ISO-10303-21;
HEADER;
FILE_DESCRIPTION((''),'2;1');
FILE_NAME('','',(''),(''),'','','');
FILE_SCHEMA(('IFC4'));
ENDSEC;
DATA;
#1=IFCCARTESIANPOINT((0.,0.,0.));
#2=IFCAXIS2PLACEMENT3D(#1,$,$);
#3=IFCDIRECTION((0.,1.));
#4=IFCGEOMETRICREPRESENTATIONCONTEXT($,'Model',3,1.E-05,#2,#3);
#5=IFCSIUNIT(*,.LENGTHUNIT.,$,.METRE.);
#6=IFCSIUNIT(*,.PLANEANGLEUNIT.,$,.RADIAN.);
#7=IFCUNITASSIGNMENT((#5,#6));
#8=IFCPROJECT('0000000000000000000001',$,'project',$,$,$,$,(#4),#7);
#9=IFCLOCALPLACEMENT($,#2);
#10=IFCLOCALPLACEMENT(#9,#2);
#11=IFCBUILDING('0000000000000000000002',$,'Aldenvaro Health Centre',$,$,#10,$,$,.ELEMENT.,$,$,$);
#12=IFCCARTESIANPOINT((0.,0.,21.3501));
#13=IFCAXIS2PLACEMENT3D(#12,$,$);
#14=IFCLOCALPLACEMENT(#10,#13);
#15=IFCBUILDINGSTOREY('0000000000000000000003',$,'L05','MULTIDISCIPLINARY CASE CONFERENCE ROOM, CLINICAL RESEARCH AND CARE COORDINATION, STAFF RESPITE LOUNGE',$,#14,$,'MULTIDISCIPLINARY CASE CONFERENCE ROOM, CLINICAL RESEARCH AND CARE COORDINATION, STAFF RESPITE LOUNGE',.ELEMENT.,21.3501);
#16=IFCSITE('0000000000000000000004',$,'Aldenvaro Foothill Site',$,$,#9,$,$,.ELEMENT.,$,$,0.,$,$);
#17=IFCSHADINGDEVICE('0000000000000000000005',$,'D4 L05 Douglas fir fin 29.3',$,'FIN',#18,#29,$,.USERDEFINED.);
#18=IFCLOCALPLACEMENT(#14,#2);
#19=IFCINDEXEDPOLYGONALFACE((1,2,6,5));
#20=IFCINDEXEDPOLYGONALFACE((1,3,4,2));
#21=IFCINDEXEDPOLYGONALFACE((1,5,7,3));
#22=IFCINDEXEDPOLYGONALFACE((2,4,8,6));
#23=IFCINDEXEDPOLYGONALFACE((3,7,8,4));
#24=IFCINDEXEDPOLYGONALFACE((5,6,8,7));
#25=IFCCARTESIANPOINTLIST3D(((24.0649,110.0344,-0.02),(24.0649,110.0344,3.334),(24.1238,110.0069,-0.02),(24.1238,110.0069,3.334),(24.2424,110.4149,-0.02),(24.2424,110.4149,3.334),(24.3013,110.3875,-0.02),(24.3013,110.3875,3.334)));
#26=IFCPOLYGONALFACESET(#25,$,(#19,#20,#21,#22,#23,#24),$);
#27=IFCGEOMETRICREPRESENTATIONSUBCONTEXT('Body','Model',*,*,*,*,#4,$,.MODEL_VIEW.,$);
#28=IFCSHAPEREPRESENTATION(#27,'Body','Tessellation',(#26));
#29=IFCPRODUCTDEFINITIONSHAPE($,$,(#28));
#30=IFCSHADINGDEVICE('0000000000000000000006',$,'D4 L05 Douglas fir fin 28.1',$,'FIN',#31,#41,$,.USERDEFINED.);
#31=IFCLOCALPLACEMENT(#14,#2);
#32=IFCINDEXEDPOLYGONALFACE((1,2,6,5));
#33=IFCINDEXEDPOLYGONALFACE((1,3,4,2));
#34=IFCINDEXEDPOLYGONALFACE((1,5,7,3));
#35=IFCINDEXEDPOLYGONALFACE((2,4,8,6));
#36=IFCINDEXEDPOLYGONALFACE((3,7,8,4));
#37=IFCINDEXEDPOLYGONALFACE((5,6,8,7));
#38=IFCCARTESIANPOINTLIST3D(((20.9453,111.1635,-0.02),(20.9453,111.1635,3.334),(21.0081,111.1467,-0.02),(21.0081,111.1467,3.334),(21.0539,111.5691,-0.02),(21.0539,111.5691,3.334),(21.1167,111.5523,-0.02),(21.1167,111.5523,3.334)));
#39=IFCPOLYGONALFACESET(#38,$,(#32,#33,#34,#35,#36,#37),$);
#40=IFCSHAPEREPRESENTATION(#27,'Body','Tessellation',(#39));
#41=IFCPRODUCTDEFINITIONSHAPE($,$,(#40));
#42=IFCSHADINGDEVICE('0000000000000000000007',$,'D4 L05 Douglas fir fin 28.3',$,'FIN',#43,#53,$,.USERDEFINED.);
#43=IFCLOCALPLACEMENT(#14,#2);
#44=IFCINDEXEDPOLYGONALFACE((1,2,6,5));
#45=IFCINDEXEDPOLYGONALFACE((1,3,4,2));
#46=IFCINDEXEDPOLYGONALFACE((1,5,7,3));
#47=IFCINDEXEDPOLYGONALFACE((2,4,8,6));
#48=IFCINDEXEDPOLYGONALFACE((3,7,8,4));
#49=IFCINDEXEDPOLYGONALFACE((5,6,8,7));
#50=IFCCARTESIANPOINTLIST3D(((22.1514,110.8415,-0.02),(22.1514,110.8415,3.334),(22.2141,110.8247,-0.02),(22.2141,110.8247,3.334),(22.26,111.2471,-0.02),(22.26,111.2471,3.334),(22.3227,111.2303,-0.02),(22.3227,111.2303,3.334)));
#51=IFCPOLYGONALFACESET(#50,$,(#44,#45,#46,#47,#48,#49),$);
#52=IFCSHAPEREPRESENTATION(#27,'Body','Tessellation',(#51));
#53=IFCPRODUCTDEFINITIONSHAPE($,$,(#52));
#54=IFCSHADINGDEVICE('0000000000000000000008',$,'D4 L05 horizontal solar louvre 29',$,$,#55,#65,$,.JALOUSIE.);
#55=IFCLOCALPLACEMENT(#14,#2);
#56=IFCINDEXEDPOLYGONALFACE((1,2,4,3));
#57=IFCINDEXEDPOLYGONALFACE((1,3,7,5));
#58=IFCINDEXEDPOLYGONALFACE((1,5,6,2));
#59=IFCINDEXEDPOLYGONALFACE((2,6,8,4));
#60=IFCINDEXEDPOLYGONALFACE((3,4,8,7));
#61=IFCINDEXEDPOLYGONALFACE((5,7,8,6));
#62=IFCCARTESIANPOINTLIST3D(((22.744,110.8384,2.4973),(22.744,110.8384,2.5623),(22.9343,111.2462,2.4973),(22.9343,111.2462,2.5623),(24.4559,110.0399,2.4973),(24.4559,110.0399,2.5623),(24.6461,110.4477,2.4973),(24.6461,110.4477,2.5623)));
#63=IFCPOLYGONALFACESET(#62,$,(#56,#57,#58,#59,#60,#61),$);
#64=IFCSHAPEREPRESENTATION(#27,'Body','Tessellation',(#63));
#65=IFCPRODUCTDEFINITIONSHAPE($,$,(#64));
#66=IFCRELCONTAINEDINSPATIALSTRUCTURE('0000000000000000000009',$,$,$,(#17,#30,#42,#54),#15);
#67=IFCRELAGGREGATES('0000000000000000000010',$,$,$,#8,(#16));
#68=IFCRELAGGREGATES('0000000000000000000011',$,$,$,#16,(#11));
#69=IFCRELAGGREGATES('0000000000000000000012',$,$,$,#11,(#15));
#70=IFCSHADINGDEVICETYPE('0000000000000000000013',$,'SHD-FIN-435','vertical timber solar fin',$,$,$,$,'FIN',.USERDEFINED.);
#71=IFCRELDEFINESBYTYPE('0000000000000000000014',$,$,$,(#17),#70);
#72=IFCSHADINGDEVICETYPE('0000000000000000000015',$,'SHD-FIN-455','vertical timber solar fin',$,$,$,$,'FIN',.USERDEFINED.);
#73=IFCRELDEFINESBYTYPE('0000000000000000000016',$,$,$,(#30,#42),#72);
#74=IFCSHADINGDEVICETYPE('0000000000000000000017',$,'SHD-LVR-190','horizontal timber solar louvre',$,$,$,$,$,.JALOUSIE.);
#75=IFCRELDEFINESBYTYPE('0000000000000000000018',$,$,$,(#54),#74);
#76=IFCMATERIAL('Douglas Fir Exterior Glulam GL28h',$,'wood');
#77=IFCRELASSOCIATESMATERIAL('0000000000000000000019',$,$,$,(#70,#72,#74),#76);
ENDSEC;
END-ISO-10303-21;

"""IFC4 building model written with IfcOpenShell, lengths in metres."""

from ifc_helpers import new_model, si_unit, direction, frame, origin, origin_2d, place, context, subcontext, project, spatial, rectangle, extrude, material, type_object, element, save


model = new_model("IFC4")

# Units and contexts
model_context = context("Model", 3, precision=1e-05, world=origin(), true_north=direction((0.0, 1.0)))
body_context = subcontext(model_context, "Body", "Model", "MODEL_VIEW")
ifc_project = project(units=[si_unit("LENGTHUNIT", "METRE"), si_unit("PLANEANGLEUNIT", "RADIAN")], contexts=[model_context])

# Site, building, storey
site_placement = place(None, origin())
site = spatial("IfcSite", under=ifc_project, at=site_placement, Name="Aldenvaro Foothill Site", CompositionType="ELEMENT", RefElevation=0.0)
building_placement = place(site_placement, origin())
building = spatial("IfcBuilding", under=site, at=building_placement, Name="Aldenvaro Health Centre", CompositionType="ELEMENT")
storey_placement = place(building_placement, frame((0.0, 0.0, 21.3501)))
storey = spatial("IfcBuildingStorey", under=building, at=storey_placement, Name="L05", Description="MULTIDISCIPLINARY CASE CONFERENCE ROOM, CLINICAL RESEARCH AND CARE COORDINATION, STAFF RESPITE LOUNGE", LongName="MULTIDISCIPLINARY CASE CONFERENCE ROOM, CLINICAL RESEARCH AND CARE COORDINATION, STAFF RESPITE LOUNGE", CompositionType="ELEMENT", Elevation=21.3501)

# Shading devices
ifc_material_1 = material(Name="Douglas Fir Exterior Glulam GL28h", Category="wood")
shading_device_type_1 = type_object("IfcShadingDeviceType", Name="SHD-FIN-435", Description="vertical timber solar fin", ElementType="FIN", PredefinedType="USERDEFINED", material=ifc_material_1)
for number, where, z_axis, x_axis, name in (
    (1, (24.1831, 110.2109, -0.02), (0.0, 0.0, 1.0), (0.906257, -0.422728, 0.0), "D4 L05 Douglas fir fin 29.3"),
):
    element("IfcShadingDevice", number, at=place(storey_placement, frame(where, z_axis=z_axis, x_axis=x_axis)), inside=storey, type_object=shading_device_type_1, Name=name, ObjectType="FIN", PredefinedType="USERDEFINED", context=body_context, shape_type="SweptSolid", body=[
        extrude(rectangle(XDim=0.0649, YDim=0.4199, at=origin_2d()), origin(), (0.0, 0.0, 1.0), 3.354),
    ])
shading_device_type_2 = type_object("IfcShadingDeviceType", Name="SHD-FIN-455", Description="vertical timber solar fin", ElementType="FIN", PredefinedType="USERDEFINED", material=ifc_material_1)
for number, where, z_axis, x_axis, name in (
    (2, (21.031, 111.3579, -0.02), (0.0, 0.0, 1.0), (0.96598, -0.258616, 0.0), "D4 L05 Douglas fir fin 28.1"),
    (3, (22.2371, 111.0359, -0.02), (0.0, 0.0, 1.0), (0.96598, -0.258616, 0.0), "D4 L05 Douglas fir fin 28.3"),
):
    element("IfcShadingDevice", number, at=place(storey_placement, frame(where, z_axis=z_axis, x_axis=x_axis)), inside=storey, type_object=shading_device_type_2, Name=name, ObjectType="FIN", PredefinedType="USERDEFINED", context=body_context, shape_type="SweptSolid", body=[
        extrude(rectangle(XDim=0.0649, YDim=0.4199, at=origin_2d()), origin(), (0.0, 0.0, 1.0), 3.354),
    ])
shading_device_type_3 = type_object("IfcShadingDeviceType", Name="SHD-LVR-190", Description="horizontal timber solar louvre", PredefinedType="JALOUSIE", material=ifc_material_1)
shading_device_1_placement = place(storey_placement, frame((23.6951, 110.6431, 2.4973), z_axis=(0.0, 0.0, 1.0), x_axis=(0.906257, -0.422728, 0.0)))
element("IfcShadingDevice", 4, at=shading_device_1_placement, inside=storey, type_object=shading_device_type_3, Name="D4 L05 horizontal solar louvre 29", PredefinedType="JALOUSIE", context=body_context, shape_type="SweptSolid", body=[
    extrude(rectangle(XDim=1.8889, YDim=0.45, at=origin_2d()), origin(), (0.0, 0.0, 1.0), 0.0649),
])

save(model, "model.ifc")
